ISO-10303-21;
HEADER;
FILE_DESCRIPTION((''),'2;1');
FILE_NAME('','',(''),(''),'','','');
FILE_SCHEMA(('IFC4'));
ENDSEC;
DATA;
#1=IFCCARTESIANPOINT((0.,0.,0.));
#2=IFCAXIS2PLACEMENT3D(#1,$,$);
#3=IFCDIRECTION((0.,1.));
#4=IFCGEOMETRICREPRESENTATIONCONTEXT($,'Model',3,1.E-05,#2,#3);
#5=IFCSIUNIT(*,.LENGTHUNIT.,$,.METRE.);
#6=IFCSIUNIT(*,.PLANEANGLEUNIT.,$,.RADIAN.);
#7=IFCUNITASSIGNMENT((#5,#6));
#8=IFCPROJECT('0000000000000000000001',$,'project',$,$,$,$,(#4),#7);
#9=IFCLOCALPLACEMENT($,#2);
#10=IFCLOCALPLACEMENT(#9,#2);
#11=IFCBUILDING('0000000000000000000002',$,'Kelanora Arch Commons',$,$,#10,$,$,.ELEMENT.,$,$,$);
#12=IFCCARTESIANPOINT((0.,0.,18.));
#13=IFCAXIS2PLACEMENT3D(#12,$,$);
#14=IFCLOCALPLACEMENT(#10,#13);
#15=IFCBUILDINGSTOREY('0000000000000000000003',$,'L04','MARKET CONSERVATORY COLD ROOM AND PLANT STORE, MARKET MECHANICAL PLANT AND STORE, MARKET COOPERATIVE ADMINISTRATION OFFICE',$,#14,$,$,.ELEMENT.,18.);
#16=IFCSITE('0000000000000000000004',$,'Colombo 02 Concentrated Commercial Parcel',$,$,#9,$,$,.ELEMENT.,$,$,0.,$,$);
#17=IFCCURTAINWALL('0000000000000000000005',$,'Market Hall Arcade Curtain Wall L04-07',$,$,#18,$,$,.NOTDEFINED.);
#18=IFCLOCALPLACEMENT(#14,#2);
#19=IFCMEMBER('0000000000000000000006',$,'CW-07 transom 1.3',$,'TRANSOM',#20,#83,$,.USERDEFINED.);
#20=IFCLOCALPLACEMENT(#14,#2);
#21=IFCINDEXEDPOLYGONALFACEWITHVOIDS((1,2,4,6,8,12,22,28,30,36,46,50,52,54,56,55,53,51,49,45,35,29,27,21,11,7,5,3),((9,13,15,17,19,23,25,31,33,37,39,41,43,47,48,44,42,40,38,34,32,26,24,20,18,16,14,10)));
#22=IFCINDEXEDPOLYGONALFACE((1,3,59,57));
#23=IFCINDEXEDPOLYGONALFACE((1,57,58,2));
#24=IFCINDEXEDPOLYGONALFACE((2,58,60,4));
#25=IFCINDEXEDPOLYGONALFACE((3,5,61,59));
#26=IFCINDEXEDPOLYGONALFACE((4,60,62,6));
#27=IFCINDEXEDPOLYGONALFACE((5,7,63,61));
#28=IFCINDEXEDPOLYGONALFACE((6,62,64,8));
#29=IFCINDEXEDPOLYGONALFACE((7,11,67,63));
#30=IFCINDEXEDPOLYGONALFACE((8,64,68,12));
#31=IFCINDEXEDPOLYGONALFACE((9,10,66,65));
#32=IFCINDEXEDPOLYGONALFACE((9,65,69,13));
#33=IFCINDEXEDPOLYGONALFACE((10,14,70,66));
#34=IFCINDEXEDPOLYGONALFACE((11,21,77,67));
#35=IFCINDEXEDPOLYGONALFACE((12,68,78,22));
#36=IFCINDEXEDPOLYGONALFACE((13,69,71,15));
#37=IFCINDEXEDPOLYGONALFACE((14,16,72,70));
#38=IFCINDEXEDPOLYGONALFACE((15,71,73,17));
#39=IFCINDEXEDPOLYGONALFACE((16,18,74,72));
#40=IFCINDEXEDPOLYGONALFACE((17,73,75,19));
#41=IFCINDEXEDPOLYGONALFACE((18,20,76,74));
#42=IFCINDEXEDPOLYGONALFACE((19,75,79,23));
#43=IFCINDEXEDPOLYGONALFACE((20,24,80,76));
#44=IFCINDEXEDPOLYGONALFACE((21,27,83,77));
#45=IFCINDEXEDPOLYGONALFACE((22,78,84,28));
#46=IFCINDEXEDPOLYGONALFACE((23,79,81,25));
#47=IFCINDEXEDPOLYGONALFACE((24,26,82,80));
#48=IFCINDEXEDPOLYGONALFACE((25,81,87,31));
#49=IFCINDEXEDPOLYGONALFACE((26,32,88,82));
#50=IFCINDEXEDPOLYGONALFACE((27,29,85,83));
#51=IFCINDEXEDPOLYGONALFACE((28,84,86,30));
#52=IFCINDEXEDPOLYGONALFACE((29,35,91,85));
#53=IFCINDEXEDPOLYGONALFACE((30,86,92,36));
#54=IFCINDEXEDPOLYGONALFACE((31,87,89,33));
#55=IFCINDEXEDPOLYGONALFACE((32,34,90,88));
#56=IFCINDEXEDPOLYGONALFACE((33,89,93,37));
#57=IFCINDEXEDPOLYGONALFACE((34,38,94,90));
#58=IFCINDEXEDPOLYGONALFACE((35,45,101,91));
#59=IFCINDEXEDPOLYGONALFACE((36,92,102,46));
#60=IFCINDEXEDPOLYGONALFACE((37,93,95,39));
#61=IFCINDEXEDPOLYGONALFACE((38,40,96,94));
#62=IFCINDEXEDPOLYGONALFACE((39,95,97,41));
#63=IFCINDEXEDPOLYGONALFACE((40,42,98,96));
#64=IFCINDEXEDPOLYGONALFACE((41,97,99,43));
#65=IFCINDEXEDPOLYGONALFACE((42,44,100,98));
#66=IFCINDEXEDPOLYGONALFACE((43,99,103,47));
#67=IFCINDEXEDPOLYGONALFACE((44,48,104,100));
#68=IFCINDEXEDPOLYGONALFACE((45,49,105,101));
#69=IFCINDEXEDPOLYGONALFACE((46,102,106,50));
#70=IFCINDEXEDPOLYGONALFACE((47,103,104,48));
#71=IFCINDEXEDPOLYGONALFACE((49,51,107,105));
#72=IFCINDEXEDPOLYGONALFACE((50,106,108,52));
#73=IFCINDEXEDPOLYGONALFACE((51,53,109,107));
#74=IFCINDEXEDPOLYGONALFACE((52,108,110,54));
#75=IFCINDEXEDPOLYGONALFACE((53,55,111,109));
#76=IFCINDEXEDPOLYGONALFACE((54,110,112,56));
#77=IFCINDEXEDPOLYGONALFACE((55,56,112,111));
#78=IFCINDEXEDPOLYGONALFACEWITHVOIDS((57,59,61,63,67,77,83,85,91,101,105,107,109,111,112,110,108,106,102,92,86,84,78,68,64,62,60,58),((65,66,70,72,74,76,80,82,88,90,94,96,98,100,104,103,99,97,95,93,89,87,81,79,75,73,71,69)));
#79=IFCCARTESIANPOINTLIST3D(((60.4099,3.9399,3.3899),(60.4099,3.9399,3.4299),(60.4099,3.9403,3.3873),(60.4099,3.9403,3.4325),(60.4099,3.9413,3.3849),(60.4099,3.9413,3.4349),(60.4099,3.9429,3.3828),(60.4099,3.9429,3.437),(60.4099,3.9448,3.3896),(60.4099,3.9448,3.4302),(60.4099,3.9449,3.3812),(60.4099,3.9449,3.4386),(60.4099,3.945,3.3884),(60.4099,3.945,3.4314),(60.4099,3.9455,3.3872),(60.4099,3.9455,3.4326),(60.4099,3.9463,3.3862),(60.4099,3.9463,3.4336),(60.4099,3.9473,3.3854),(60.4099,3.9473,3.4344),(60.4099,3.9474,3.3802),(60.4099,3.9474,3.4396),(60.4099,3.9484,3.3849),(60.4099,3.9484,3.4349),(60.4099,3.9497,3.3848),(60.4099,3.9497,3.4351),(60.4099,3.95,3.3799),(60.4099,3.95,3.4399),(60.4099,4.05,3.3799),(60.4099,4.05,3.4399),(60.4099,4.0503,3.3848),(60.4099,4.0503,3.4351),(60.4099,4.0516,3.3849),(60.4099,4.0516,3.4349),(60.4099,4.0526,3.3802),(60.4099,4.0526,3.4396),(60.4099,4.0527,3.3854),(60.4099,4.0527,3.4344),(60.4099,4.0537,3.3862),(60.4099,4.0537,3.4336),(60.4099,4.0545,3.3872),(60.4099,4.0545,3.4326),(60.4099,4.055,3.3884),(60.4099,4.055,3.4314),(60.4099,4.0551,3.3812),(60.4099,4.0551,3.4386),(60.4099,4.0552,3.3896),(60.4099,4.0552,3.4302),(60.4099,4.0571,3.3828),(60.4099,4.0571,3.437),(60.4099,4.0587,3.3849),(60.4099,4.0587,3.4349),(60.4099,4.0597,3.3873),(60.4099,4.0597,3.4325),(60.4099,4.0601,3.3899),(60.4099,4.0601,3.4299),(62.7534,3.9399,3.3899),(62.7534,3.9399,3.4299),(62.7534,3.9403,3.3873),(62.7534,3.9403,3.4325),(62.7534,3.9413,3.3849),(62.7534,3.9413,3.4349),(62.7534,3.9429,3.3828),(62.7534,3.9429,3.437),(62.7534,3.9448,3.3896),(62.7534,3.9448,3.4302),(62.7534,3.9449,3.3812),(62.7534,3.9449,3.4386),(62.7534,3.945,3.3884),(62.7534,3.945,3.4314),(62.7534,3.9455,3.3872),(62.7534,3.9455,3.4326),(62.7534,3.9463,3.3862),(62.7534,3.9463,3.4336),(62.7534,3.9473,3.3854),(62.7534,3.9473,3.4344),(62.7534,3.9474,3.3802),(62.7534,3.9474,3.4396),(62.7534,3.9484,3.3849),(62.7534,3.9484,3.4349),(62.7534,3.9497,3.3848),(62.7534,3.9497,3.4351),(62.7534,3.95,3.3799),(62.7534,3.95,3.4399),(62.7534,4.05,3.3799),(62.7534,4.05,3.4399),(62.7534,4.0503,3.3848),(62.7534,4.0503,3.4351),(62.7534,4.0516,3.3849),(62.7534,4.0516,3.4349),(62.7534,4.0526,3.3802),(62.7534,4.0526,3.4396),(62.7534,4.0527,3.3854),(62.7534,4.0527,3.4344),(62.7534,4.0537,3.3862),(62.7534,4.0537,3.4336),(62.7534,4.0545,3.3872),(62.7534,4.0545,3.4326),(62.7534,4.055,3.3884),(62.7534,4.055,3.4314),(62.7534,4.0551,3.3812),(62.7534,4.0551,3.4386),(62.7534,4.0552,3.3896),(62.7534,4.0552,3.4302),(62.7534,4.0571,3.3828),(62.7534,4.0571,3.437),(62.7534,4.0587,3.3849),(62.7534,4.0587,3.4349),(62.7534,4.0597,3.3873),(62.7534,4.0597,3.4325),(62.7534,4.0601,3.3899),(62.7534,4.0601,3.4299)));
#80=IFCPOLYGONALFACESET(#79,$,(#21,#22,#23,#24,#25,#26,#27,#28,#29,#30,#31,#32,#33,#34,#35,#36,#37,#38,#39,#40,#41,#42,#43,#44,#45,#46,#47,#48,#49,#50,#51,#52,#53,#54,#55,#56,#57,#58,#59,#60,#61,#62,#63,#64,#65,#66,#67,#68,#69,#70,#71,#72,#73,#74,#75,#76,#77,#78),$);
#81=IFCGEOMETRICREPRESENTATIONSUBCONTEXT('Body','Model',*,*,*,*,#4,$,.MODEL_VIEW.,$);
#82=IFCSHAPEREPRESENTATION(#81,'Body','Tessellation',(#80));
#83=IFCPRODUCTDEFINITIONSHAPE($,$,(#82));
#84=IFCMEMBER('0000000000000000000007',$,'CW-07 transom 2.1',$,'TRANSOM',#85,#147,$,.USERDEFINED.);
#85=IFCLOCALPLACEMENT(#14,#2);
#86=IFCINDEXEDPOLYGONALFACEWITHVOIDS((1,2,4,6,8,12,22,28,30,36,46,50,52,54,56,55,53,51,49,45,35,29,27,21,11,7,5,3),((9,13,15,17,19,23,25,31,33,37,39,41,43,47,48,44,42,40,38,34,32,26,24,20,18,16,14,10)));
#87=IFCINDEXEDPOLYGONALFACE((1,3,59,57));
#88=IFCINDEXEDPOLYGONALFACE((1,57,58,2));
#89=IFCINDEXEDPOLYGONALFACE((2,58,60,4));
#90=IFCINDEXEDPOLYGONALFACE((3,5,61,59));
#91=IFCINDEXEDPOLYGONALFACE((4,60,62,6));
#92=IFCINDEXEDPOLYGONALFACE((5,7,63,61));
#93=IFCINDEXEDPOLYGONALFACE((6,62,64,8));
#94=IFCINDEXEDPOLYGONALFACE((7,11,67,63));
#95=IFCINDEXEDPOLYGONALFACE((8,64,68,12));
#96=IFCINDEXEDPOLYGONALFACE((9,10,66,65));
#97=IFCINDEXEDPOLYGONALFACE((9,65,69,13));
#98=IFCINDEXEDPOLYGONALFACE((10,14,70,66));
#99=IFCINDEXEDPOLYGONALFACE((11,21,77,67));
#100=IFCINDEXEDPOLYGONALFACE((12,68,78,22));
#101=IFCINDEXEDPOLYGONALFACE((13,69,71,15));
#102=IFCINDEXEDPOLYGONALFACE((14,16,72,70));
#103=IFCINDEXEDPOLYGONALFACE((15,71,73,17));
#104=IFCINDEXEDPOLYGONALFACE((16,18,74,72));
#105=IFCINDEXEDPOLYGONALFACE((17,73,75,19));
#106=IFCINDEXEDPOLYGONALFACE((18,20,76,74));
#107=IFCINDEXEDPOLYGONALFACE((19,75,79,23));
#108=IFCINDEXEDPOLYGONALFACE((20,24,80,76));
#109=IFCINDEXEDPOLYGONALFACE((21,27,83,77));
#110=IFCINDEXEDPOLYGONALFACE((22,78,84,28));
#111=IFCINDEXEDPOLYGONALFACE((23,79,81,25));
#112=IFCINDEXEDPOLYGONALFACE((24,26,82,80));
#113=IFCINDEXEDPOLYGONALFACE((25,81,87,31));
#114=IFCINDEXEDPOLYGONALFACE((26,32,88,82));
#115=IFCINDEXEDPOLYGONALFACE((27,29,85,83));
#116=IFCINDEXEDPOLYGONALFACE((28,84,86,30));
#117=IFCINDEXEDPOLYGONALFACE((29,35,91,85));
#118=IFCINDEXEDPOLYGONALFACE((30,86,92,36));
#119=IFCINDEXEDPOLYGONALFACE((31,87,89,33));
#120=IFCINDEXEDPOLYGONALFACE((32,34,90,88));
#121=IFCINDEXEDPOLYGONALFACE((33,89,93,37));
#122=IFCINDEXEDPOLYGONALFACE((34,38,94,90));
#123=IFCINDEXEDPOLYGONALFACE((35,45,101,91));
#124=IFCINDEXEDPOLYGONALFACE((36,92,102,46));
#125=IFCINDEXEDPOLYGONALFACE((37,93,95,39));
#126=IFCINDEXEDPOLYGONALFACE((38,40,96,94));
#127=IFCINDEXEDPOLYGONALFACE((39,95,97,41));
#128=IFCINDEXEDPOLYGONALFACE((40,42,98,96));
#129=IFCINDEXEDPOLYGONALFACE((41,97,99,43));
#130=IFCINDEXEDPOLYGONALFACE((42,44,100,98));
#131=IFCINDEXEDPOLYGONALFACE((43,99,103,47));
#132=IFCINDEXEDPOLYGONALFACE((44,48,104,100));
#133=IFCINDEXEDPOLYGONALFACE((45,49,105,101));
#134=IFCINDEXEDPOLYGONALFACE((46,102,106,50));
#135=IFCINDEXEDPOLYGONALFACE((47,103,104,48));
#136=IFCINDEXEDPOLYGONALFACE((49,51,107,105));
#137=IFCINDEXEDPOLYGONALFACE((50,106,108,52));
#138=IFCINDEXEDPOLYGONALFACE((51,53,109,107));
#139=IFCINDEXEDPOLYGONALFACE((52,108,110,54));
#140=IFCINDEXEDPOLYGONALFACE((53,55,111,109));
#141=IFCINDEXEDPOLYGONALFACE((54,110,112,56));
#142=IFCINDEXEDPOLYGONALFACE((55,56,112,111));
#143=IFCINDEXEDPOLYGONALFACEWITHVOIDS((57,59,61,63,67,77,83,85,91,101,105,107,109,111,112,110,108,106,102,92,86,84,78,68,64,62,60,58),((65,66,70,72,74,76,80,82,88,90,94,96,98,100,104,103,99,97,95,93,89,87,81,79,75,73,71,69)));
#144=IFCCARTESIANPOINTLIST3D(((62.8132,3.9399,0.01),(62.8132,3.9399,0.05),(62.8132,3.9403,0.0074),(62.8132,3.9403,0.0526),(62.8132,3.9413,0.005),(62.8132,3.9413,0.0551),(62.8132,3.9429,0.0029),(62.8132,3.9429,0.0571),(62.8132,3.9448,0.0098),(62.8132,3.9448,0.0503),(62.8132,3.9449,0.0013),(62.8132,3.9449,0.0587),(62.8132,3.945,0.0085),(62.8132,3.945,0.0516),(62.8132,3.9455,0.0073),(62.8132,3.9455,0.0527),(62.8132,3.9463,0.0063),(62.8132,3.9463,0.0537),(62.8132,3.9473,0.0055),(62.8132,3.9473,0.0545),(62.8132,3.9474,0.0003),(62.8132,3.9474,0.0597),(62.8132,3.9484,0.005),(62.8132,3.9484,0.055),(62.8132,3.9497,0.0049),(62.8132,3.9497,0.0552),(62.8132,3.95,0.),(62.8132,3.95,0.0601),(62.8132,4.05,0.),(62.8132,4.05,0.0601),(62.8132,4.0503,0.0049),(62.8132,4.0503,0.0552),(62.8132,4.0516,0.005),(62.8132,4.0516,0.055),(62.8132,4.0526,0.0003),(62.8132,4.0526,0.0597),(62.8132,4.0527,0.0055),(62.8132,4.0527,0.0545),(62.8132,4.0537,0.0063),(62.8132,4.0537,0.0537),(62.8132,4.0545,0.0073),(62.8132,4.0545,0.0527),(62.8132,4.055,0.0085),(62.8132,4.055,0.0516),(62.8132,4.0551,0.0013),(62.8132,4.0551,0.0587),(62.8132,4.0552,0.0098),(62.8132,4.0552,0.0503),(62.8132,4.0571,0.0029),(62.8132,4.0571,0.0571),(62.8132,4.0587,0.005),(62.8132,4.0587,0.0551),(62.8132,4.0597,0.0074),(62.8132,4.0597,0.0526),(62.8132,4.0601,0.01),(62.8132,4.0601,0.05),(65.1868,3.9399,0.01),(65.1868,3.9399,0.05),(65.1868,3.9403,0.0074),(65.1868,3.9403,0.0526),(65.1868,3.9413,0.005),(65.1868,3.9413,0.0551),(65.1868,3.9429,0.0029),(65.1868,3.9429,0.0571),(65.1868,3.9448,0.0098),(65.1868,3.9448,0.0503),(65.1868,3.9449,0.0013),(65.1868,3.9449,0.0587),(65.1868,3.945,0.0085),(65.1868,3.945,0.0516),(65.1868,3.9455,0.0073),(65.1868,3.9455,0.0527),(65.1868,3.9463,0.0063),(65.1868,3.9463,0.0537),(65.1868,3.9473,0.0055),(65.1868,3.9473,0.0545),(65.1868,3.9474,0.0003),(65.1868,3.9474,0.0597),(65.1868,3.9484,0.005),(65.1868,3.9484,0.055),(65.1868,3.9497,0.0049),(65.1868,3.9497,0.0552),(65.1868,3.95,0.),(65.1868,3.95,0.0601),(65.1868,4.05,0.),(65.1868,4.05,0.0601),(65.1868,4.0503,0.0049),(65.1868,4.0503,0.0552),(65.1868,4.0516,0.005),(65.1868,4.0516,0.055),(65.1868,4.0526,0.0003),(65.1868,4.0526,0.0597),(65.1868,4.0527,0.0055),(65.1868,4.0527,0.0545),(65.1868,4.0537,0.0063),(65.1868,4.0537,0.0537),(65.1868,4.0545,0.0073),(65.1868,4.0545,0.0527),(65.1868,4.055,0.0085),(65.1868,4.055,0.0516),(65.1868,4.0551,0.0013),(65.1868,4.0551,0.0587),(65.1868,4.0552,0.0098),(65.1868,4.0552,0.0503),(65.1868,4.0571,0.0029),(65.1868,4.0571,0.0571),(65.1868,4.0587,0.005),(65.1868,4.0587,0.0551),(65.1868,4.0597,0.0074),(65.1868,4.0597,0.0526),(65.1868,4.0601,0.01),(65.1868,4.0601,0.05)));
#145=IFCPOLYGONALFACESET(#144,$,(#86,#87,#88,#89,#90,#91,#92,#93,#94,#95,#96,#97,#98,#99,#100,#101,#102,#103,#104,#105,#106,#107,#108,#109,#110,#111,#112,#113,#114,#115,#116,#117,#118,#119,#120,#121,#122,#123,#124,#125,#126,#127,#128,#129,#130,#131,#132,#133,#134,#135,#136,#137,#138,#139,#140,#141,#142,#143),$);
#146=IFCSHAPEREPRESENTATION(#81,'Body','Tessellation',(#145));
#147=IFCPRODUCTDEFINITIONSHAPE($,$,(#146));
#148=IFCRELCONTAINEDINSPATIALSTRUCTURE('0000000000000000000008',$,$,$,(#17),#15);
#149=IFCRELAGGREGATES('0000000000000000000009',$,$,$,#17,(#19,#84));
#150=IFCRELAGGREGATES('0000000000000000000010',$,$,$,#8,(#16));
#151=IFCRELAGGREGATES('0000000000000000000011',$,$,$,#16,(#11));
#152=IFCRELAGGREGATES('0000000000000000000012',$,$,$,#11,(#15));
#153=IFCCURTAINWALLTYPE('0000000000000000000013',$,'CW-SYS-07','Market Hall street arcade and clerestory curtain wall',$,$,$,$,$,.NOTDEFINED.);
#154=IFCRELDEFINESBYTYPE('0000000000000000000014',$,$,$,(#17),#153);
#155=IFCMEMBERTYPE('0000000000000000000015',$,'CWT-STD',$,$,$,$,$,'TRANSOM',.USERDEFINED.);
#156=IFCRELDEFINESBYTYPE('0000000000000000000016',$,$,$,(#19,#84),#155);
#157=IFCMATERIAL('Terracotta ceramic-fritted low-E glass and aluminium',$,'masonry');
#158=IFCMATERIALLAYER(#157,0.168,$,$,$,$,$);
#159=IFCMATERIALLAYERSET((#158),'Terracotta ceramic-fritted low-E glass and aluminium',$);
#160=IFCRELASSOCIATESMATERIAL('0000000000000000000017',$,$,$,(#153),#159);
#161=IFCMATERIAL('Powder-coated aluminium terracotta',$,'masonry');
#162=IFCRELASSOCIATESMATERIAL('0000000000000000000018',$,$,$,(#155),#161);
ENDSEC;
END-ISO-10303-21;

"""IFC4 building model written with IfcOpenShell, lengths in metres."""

from ifc_helpers import new_model, si_unit, direction, frame, origin, origin_2d, place, context, subcontext, project, spatial, hollow_rectangle, extrude, material, layer, layer_set, material_profile, profile_set, type_object, element, aggregate, save


model = new_model("IFC4")

# Units and contexts
model_context = context("Model", 3, precision=1e-05, world=origin(), true_north=direction((0.0, 1.0)))
body_context = subcontext(model_context, "Body", "Model", "MODEL_VIEW")
ifc_project = project(units=[si_unit("LENGTHUNIT", "METRE"), si_unit("PLANEANGLEUNIT", "RADIAN")], contexts=[model_context])

# Site, building, storey
site_placement = place(None, origin())
site = spatial("IfcSite", under=ifc_project, at=site_placement, Name="Colombo 02 Concentrated Commercial Parcel", CompositionType="ELEMENT", RefElevation=0.0)
building_placement = place(site_placement, origin())
building = spatial("IfcBuilding", under=site, at=building_placement, Name="Kelanora Arch Commons", CompositionType="ELEMENT")
storey_placement = place(building_placement, frame((0.0, 0.0, 18.0)))
storey = spatial("IfcBuildingStorey", under=building, at=storey_placement, Name="L04", Description="MARKET CONSERVATORY COLD ROOM AND PLANT STORE, MARKET MECHANICAL PLANT AND STORE, MARKET COOPERATIVE ADMINISTRATION OFFICE", CompositionType="ELEMENT", Elevation=18.0)

# Curtain wall, members
ifc_material_1 = material(Name="Terracotta ceramic-fritted low-E glass and aluminium", Category="masonry")
ifc_layer_1 = layer(ifc_material_1, 0.168)
ifc_layer_set_1 = layer_set([ifc_layer_1], Name="Terracotta ceramic-fritted low-E glass and aluminium")
curtain_wall_type = type_object("IfcCurtainWallType", Name="CW-SYS-07", Description="Market Hall street arcade and clerestory curtain wall", PredefinedType="NOTDEFINED", material=ifc_layer_set_1)
curtain_wall_placement = place(storey_placement, origin())
curtain_wall = element("IfcCurtainWall", 1, at=curtain_wall_placement, inside=storey, type_object=curtain_wall_type, Name="Market Hall Arcade Curtain Wall L04-07", PredefinedType="NOTDEFINED")
ifc_material_2 = material(Name="Powder-coated aluminium terracotta", Category="masonry")
ifc_material_profile_1 = material_profile(ifc_material_2, hollow_rectangle(XDim=0.1201, YDim=0.0601, WallThickness=0.0049, InnerFilletRadius=0.0049, OuterFilletRadius=0.01, at=origin_2d()), Name="CWT120x60")
ifc_profile_set_1 = profile_set([ifc_material_profile_1], Name="Powder-coated aluminium terracotta")
member_type_1 = type_object("IfcMemberType", Name="CWT-STD", ElementType="TRANSOM", PredefinedType="USERDEFINED", material=ifc_profile_set_1)
member_1_placement = place(storey_placement, frame((60.4099, 4.0, 3.4099), z_axis=(1.0, 0.0, 0.0), x_axis=(0.0, 1.0, 0.0)))
member_1 = element("IfcMember", 2, at=member_1_placement, type_object=member_type_1, Name="CW-07 transom 1.3", ObjectType="TRANSOM", PredefinedType="USERDEFINED", context=body_context, shape_type="SweptSolid", body=[
    extrude(hollow_rectangle(XDim=0.1201, YDim=0.0601, WallThickness=0.0049, InnerFilletRadius=0.0049, OuterFilletRadius=0.01, at=origin_2d()), origin(), (0.0, 0.0, 1.0), 2.3435),
])
member_2_placement = place(storey_placement, frame((62.8132, 4.0, 0.03), z_axis=(1.0, 0.0, 0.0), x_axis=(0.0, 1.0, 0.0)))
member_2 = element("IfcMember", 3, at=member_2_placement, type_object=member_type_1, Name="CW-07 transom 2.1", ObjectType="TRANSOM", PredefinedType="USERDEFINED", context=body_context, shape_type="SweptSolid", body=[
    extrude(hollow_rectangle(XDim=0.1201, YDim=0.0601, WallThickness=0.0049, InnerFilletRadius=0.0049, OuterFilletRadius=0.01, at=origin_2d()), origin(), (0.0, 0.0, 1.0), 2.3735),
])
aggregate(curtain_wall, [member_1, member_2])

save(model, "model.ifc")
